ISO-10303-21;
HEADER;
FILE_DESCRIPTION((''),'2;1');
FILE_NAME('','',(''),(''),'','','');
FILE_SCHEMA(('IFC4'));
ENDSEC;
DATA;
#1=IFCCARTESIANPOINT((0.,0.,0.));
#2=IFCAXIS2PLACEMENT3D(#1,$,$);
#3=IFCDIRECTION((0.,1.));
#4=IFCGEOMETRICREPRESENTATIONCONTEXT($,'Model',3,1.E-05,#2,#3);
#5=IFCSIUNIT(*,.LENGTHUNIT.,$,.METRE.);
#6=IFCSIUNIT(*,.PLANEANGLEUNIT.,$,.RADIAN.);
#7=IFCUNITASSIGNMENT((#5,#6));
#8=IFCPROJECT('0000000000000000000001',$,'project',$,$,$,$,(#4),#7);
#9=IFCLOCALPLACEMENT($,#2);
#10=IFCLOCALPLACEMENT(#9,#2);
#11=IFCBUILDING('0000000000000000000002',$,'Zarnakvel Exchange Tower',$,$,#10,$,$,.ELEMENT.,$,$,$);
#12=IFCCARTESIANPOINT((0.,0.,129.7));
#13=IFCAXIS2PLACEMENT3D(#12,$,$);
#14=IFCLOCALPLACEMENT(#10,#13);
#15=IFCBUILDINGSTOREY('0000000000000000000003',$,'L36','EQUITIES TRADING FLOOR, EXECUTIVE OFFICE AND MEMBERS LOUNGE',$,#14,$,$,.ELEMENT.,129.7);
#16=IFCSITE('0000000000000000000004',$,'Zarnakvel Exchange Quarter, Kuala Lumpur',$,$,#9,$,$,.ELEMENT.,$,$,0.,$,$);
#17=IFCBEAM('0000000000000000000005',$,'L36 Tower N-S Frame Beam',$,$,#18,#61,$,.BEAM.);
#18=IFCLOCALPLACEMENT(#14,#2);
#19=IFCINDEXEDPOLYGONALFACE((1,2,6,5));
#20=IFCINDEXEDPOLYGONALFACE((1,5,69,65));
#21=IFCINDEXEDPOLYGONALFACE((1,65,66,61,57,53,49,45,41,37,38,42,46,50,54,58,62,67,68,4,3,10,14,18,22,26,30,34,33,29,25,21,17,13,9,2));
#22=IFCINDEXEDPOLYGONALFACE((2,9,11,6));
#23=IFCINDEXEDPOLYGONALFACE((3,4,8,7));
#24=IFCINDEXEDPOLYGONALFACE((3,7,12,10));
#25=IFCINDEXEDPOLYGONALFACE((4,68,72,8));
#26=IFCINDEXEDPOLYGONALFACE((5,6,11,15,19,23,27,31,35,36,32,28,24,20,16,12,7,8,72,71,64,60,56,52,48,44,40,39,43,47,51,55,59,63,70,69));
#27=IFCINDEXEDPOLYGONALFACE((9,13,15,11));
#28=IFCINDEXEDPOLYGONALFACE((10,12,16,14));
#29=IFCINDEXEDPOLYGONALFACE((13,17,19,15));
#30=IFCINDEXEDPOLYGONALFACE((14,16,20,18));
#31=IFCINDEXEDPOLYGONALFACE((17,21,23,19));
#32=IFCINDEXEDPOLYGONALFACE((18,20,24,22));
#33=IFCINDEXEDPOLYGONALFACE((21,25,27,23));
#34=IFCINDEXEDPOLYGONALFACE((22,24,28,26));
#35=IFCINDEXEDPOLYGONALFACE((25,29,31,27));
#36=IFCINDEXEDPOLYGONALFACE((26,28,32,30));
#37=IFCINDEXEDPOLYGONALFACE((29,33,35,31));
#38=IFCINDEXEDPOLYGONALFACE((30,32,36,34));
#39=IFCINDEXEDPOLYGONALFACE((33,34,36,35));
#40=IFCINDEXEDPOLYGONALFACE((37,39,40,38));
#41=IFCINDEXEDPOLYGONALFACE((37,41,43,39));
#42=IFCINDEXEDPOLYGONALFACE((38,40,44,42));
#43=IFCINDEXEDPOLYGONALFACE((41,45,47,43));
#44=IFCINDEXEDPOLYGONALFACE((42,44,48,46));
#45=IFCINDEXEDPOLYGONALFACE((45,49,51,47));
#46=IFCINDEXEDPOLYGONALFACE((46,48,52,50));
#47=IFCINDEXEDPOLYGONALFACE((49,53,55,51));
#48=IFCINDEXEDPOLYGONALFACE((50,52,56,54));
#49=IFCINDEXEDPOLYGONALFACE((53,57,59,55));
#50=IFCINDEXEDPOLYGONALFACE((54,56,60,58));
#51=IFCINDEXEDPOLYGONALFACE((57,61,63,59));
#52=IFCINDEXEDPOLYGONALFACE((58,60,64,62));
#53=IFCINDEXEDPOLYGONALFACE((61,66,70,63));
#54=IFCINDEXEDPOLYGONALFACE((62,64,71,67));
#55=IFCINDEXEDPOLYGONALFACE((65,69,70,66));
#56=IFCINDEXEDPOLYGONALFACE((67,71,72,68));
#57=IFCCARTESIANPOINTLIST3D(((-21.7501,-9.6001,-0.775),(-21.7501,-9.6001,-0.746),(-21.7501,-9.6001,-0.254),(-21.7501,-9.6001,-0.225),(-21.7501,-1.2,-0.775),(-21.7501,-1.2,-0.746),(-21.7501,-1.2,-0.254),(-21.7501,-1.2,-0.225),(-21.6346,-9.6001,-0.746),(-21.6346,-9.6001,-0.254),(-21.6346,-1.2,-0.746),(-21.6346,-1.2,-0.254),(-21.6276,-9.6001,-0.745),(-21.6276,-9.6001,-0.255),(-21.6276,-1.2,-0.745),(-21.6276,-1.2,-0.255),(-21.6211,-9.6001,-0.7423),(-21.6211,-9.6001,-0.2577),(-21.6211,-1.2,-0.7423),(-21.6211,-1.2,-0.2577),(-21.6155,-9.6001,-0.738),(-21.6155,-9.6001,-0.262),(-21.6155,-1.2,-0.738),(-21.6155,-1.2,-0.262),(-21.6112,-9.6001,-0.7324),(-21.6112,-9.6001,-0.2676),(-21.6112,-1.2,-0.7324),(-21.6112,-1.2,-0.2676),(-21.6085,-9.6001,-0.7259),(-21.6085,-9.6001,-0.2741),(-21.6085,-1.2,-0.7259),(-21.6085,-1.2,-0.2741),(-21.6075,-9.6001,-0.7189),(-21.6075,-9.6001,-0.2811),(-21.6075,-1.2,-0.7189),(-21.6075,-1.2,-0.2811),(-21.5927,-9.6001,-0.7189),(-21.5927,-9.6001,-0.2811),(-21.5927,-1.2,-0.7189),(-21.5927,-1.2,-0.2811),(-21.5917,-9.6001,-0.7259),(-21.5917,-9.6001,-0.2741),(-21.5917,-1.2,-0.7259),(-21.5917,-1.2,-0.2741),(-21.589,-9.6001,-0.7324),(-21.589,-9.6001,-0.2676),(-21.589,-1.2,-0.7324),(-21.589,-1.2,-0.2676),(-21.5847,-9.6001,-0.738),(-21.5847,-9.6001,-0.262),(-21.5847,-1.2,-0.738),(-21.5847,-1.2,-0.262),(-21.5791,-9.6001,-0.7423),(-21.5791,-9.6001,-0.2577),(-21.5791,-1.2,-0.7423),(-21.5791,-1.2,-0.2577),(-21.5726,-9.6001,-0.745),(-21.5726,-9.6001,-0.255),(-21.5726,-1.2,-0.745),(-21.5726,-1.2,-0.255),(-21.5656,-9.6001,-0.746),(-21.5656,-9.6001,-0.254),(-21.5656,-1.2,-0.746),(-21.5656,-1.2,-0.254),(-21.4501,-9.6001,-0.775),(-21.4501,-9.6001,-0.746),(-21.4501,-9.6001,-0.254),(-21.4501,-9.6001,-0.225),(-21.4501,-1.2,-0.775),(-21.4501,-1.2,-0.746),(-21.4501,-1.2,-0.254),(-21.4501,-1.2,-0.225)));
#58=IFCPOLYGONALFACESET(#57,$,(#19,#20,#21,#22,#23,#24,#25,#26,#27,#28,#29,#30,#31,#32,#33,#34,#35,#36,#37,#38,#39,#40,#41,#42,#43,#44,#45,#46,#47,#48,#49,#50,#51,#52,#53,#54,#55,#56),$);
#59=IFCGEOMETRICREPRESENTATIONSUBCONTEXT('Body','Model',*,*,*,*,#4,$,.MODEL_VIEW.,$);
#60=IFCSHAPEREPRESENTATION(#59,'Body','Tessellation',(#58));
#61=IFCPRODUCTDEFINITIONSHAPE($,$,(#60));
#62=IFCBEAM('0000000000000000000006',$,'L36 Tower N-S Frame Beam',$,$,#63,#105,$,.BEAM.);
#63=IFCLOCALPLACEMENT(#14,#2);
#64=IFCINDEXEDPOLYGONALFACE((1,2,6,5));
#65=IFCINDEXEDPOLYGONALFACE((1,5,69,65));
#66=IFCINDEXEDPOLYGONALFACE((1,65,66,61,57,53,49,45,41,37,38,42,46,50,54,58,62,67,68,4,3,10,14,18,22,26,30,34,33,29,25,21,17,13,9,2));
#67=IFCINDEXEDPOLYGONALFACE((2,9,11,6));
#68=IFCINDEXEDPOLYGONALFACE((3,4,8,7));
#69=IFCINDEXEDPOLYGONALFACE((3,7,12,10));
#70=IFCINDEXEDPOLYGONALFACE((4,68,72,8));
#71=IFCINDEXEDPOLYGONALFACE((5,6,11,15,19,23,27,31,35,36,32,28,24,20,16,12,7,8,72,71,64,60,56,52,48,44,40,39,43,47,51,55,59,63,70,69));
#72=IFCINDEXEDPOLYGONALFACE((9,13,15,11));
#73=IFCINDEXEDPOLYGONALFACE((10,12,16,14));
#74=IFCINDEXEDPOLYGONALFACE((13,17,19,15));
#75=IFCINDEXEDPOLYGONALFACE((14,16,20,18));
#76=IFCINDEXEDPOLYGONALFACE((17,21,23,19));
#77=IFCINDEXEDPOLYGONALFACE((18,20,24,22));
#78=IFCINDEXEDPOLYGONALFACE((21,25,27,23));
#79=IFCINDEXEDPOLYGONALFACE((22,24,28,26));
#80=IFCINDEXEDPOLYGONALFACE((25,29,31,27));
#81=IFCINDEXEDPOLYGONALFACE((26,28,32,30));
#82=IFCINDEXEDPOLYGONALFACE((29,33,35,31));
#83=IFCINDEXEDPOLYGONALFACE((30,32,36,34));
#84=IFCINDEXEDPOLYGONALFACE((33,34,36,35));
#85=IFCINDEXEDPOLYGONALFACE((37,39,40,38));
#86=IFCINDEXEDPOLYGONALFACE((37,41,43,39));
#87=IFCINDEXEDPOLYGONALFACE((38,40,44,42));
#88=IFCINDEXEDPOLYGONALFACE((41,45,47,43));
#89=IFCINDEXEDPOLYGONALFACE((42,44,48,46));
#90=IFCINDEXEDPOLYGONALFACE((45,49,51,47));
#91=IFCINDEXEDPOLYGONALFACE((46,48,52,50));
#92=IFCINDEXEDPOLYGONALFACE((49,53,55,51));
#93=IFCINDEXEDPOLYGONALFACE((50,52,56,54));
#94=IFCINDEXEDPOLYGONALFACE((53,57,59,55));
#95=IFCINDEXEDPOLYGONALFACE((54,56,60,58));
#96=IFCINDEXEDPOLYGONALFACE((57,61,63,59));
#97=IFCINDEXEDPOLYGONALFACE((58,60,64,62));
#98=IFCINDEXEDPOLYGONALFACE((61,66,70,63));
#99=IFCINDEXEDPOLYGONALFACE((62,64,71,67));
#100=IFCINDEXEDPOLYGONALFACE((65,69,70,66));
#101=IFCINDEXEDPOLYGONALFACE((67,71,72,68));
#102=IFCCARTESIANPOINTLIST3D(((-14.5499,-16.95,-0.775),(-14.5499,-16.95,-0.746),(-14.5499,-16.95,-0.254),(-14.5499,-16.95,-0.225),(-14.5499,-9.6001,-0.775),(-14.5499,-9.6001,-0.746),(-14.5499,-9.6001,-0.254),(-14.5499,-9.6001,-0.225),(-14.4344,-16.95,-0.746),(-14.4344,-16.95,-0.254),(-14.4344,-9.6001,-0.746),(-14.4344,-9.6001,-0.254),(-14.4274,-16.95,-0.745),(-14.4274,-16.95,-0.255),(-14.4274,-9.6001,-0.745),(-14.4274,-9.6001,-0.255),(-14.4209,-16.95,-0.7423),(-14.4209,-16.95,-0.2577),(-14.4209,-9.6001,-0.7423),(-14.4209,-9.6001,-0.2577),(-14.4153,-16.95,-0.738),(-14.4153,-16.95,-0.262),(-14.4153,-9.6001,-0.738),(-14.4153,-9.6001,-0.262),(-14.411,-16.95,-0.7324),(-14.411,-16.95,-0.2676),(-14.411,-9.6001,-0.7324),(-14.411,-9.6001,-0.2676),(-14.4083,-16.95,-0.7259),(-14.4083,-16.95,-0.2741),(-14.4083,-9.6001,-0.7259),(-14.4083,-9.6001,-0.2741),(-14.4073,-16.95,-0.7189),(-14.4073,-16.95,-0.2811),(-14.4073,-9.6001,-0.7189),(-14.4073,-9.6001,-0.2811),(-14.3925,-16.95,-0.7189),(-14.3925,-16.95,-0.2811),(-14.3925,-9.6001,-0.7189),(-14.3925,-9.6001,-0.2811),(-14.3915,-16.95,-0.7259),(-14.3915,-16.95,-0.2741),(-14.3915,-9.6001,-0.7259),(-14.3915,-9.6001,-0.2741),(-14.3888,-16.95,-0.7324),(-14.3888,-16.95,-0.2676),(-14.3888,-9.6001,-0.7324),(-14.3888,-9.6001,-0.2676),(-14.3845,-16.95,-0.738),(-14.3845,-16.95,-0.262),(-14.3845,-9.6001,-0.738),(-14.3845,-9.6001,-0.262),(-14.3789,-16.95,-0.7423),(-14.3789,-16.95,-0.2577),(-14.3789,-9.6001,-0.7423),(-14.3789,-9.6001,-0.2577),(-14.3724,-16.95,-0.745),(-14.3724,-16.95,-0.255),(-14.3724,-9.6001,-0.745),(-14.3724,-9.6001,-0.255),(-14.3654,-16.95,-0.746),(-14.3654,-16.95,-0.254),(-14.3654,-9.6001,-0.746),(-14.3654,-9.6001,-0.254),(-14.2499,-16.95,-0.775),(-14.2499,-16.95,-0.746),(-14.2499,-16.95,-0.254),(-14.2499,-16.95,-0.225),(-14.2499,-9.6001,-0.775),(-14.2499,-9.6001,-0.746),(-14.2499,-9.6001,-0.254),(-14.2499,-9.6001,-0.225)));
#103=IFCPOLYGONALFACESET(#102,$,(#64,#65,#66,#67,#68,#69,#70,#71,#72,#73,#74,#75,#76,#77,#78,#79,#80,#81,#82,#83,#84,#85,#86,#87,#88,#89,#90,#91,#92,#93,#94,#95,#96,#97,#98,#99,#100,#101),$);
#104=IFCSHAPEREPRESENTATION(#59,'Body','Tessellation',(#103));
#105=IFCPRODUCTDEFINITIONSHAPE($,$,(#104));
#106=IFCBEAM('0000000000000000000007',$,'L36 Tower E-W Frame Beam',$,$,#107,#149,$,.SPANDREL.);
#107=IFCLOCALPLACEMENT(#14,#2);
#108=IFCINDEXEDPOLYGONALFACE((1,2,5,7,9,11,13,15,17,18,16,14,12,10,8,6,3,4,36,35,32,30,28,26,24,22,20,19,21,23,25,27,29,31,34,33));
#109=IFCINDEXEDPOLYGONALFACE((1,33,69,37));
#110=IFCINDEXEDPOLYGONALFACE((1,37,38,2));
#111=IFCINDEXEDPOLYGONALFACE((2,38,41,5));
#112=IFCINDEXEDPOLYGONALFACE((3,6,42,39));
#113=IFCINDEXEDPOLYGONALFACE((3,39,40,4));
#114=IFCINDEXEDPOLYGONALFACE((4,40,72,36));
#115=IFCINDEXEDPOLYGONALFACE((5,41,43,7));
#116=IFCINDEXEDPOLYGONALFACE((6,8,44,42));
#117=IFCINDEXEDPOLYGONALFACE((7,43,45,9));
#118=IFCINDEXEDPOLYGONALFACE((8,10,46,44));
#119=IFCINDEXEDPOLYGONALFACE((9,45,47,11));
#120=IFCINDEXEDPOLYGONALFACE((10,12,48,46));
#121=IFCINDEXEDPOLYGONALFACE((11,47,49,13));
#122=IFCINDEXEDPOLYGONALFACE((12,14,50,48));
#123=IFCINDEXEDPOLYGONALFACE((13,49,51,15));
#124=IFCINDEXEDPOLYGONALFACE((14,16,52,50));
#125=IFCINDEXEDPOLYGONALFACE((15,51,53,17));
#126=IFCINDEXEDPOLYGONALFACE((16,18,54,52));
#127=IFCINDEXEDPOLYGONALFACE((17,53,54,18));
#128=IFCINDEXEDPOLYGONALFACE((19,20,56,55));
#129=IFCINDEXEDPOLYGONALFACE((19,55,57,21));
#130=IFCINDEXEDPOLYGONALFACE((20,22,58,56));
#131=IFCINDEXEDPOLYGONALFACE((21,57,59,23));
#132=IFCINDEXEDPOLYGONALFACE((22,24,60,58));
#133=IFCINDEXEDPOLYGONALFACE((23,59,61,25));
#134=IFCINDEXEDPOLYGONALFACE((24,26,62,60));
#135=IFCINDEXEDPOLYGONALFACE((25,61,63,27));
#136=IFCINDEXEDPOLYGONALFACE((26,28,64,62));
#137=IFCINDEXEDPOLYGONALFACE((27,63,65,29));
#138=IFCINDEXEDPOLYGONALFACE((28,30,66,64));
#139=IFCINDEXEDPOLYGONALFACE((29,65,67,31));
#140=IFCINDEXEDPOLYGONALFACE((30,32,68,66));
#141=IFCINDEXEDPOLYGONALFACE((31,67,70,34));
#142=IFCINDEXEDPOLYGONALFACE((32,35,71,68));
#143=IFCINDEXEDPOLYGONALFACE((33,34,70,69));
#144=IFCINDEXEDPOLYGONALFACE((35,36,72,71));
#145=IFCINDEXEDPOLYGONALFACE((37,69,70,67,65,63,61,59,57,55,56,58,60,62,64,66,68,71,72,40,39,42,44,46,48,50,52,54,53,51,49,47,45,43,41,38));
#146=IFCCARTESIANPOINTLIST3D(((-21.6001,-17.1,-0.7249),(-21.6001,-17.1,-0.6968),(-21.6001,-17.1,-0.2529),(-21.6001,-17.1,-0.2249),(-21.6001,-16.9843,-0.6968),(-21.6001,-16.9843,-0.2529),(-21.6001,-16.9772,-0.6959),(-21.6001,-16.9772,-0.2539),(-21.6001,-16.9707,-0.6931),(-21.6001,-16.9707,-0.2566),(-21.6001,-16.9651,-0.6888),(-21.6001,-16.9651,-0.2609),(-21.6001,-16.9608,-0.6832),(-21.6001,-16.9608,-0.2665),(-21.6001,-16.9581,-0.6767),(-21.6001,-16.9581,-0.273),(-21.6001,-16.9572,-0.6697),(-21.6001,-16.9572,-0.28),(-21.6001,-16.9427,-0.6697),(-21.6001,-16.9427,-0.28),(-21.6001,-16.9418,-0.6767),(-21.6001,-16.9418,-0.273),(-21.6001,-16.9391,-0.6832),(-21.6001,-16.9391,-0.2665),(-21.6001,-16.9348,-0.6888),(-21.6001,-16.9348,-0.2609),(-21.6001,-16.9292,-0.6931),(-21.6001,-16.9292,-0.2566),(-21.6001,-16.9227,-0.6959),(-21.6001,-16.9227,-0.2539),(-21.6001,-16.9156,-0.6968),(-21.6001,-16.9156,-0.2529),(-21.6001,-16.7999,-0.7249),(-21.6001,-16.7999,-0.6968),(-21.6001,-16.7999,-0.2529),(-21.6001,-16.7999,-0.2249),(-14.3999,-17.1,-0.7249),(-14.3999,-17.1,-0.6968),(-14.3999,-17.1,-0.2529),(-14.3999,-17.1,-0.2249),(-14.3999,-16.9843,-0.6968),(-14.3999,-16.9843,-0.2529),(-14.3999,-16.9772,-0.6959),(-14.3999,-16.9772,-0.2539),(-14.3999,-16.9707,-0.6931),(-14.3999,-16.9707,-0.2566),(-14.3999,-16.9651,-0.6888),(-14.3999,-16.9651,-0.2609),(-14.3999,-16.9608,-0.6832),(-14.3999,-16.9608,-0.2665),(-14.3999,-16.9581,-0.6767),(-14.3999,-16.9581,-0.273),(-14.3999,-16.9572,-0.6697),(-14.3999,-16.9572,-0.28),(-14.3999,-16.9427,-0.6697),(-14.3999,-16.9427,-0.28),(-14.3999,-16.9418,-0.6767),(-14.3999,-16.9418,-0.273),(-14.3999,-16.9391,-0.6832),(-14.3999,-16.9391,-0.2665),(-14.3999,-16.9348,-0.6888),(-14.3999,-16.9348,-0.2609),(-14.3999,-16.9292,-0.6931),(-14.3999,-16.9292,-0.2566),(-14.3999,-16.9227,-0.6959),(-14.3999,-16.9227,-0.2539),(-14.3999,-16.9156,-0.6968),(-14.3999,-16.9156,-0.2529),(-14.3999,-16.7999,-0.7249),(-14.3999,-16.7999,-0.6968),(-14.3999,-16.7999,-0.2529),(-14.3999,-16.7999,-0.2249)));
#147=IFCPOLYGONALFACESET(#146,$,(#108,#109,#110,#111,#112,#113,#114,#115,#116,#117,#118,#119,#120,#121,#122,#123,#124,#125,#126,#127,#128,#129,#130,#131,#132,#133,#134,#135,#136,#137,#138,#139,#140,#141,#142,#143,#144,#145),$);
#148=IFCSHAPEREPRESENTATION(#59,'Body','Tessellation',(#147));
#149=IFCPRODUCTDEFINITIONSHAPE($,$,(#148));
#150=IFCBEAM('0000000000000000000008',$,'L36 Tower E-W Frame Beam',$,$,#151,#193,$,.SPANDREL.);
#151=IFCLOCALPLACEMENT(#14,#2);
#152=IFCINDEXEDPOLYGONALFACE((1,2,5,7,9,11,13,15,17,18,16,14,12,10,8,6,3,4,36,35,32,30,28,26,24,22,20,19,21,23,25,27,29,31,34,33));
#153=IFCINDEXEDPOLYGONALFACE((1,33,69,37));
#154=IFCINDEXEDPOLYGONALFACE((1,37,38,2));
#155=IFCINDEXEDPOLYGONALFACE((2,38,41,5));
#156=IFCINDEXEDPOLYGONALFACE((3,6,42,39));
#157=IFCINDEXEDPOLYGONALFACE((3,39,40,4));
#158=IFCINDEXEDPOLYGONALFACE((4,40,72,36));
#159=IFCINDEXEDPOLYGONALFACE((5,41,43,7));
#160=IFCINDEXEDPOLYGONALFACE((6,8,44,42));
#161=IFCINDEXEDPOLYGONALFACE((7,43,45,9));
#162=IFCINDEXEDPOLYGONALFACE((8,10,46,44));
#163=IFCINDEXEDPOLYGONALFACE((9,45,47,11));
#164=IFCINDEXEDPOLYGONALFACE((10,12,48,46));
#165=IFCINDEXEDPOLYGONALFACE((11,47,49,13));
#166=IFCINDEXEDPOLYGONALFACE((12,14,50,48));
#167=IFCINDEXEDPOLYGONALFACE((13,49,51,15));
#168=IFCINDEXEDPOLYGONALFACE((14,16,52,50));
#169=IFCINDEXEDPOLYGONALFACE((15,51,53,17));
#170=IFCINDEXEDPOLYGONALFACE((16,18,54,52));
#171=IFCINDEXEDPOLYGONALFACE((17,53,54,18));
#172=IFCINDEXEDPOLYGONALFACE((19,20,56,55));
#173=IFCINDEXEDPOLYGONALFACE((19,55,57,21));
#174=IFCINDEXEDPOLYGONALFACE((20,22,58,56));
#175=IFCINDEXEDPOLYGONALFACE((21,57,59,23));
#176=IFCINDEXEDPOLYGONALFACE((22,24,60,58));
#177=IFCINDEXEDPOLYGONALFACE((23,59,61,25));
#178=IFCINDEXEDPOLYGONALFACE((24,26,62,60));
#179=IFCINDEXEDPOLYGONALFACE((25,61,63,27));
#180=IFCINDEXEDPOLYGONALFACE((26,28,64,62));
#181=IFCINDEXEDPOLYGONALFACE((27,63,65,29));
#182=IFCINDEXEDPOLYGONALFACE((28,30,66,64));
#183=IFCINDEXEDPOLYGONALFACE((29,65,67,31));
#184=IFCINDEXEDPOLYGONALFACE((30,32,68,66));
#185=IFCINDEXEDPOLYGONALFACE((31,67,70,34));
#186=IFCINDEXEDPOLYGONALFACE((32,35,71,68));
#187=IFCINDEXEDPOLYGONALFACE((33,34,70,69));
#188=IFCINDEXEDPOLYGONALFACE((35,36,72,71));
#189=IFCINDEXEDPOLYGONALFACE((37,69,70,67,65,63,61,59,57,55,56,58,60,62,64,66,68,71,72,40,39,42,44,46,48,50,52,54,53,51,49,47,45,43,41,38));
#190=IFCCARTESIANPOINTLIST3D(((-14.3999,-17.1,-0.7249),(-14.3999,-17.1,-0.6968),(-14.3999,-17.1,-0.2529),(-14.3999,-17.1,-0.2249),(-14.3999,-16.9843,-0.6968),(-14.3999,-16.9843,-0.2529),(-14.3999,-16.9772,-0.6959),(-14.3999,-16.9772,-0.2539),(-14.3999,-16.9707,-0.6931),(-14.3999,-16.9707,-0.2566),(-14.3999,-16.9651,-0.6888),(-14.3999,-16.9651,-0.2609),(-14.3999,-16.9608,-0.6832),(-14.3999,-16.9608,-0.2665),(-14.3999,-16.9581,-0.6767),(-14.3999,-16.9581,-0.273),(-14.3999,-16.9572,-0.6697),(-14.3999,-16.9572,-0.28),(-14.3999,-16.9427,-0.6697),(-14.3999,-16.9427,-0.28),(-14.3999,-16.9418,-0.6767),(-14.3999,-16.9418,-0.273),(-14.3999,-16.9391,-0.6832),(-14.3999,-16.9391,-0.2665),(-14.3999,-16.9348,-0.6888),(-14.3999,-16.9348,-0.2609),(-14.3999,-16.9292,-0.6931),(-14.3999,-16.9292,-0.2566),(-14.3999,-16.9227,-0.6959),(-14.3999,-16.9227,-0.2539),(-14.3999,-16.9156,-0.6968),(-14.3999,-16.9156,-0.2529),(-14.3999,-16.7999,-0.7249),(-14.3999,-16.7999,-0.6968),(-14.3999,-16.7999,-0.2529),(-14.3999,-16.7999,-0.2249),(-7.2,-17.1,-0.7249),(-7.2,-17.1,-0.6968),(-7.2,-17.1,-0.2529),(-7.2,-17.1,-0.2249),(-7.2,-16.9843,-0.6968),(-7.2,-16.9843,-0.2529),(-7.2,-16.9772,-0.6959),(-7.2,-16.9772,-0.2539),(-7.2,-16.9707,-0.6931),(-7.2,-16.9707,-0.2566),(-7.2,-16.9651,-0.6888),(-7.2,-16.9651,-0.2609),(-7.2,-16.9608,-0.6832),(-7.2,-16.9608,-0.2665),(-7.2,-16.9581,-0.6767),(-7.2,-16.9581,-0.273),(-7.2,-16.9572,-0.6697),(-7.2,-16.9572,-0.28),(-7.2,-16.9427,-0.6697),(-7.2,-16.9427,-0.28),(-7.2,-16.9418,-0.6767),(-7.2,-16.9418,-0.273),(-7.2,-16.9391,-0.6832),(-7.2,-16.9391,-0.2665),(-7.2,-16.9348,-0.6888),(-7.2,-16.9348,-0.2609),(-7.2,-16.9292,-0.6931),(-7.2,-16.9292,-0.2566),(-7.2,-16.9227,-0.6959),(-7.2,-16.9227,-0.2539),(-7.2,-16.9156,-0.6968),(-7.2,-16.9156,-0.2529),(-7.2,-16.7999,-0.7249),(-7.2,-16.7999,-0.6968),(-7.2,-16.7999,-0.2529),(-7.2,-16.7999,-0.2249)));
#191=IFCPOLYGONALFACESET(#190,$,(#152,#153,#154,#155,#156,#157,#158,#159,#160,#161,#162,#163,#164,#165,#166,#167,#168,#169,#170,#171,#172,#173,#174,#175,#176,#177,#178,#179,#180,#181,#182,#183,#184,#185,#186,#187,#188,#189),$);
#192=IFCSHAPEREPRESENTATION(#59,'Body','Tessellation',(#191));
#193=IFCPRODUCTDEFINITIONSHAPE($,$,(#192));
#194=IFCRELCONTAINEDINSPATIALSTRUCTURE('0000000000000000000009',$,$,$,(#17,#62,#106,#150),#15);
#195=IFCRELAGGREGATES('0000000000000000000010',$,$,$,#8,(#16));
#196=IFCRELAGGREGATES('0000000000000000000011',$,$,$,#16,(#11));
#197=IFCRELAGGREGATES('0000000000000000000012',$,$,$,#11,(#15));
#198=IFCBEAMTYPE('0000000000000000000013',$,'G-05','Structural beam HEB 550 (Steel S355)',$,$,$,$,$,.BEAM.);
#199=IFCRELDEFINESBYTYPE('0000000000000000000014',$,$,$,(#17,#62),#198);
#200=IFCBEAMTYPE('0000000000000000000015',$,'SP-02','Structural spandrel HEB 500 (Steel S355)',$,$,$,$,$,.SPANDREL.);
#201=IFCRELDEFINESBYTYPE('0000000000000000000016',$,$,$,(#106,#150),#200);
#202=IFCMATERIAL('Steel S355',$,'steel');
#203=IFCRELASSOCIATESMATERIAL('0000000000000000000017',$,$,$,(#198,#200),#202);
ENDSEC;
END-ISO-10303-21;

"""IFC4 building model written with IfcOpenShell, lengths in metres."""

from ifc_helpers import new_model, si_unit, direction, frame, origin, origin_2d, place, context, subcontext, project, spatial, i_section, extrude, material, material_profile, profile_set, type_object, element, save


model = new_model("IFC4")

# Units and contexts
model_context = context("Model", 3, precision=1e-05, world=origin(), true_north=direction((0.0, 1.0)))
body_context = subcontext(model_context, "Body", "Model", "MODEL_VIEW")
ifc_project = project(units=[si_unit("LENGTHUNIT", "METRE"), si_unit("PLANEANGLEUNIT", "RADIAN")], contexts=[model_context])

# Site, building, storey
site_placement = place(None, origin())
site = spatial("IfcSite", under=ifc_project, at=site_placement, Name="Zarnakvel Exchange Quarter, Kuala Lumpur", CompositionType="ELEMENT", RefElevation=0.0)
building_placement = place(site_placement, origin())
building = spatial("IfcBuilding", under=site, at=building_placement, Name="Zarnakvel Exchange Tower", CompositionType="ELEMENT")
storey_placement = place(building_placement, frame((0.0, 0.0, 129.7)))
storey = spatial("IfcBuildingStorey", under=building, at=storey_placement, Name="L36", Description="EQUITIES TRADING FLOOR, EXECUTIVE OFFICE AND MEMBERS LOUNGE", CompositionType="ELEMENT", Elevation=129.7)

# Shared definitions
ifc_material_1 = material(Name="Steel S355", Category="steel")

# Beams
ifc_material_profile_1 = material_profile(ifc_material_1, i_section(OverallWidth=0.3, OverallDepth=0.55, WebThickness=0.0149, FlangeThickness=0.0291, FilletRadius=0.0271, at=origin_2d()))
ifc_profile_set_1 = profile_set([ifc_material_profile_1], Name="Steel S355")
beam_type_1 = type_object("IfcBeamType", Name="G-05", Description="Structural beam HEB 550 (Steel S355)", PredefinedType="BEAM", material=ifc_profile_set_1)
beam_1_placement = place(storey_placement, frame((-21.6001, -9.6001, -0.5), z_axis=(0.0, 1.0, 0.0), x_axis=(-1.0, 0.0, 0.0)))
element("IfcBeam", 1, at=beam_1_placement, inside=storey, type_object=beam_type_1, Name="L36 Tower N-S Frame Beam", PredefinedType="BEAM", context=body_context, shape_type="SweptSolid", body=[
    extrude(i_section(OverallWidth=0.3, OverallDepth=0.55, WebThickness=0.0149, FlangeThickness=0.0291, FilletRadius=0.0271, at=origin_2d()), origin(), (0.0, 0.0, 1.0), 8.4001),
])
beam_2_placement = place(storey_placement, frame((-14.3999, -16.95, -0.5), z_axis=(0.0, 1.0, 0.0), x_axis=(-1.0, 0.0, 0.0)))
element("IfcBeam", 2, at=beam_2_placement, inside=storey, type_object=beam_type_1, Name="L36 Tower N-S Frame Beam", PredefinedType="BEAM", context=body_context, shape_type="SweptSolid", body=[
    extrude(i_section(OverallWidth=0.3, OverallDepth=0.55, WebThickness=0.0149, FlangeThickness=0.0291, FilletRadius=0.0271, at=origin_2d()), origin(), (0.0, 0.0, 1.0), 7.3499),
])
ifc_material_profile_2 = material_profile(ifc_material_1, i_section(OverallWidth=0.3, OverallDepth=0.5, WebThickness=0.0144, FlangeThickness=0.0281, FilletRadius=0.0271, at=origin_2d()))
ifc_profile_set_2 = profile_set([ifc_material_profile_2], Name="Steel S355")
beam_type_2 = type_object("IfcBeamType", Name="SP-02", Description="Structural spandrel HEB 500 (Steel S355)", PredefinedType="SPANDREL", material=ifc_profile_set_2)
beam_3_placement = place(storey_placement, frame((-21.6001, -16.95, -0.4749), z_axis=(1.0, 0.0, 0.0), x_axis=(0.0, 1.0, 0.0)))
element("IfcBeam", 3, at=beam_3_placement, inside=storey, type_object=beam_type_2, Name="L36 Tower E-W Frame Beam", PredefinedType="SPANDREL", context=body_context, shape_type="SweptSolid", body=[
    extrude(i_section(OverallWidth=0.3, OverallDepth=0.5, WebThickness=0.0144, FlangeThickness=0.0281, FilletRadius=0.0271, at=origin_2d()), origin(), (0.0, 0.0, 1.0), 7.2002),
])
beam_4_placement = place(storey_placement, frame((-14.3999, -16.95, -0.4749), z_axis=(1.0, 0.0, 0.0), x_axis=(0.0, 1.0, 0.0)))
element("IfcBeam", 4, at=beam_4_placement, inside=storey, type_object=beam_type_2, Name="L36 Tower E-W Frame Beam", PredefinedType="SPANDREL", context=body_context, shape_type="SweptSolid", body=[
    extrude(i_section(OverallWidth=0.3, OverallDepth=0.5, WebThickness=0.0144, FlangeThickness=0.0281, FilletRadius=0.0271, at=origin_2d()), origin(), (0.0, 0.0, 1.0), 7.2),
])

save(model, "model.ifc")
